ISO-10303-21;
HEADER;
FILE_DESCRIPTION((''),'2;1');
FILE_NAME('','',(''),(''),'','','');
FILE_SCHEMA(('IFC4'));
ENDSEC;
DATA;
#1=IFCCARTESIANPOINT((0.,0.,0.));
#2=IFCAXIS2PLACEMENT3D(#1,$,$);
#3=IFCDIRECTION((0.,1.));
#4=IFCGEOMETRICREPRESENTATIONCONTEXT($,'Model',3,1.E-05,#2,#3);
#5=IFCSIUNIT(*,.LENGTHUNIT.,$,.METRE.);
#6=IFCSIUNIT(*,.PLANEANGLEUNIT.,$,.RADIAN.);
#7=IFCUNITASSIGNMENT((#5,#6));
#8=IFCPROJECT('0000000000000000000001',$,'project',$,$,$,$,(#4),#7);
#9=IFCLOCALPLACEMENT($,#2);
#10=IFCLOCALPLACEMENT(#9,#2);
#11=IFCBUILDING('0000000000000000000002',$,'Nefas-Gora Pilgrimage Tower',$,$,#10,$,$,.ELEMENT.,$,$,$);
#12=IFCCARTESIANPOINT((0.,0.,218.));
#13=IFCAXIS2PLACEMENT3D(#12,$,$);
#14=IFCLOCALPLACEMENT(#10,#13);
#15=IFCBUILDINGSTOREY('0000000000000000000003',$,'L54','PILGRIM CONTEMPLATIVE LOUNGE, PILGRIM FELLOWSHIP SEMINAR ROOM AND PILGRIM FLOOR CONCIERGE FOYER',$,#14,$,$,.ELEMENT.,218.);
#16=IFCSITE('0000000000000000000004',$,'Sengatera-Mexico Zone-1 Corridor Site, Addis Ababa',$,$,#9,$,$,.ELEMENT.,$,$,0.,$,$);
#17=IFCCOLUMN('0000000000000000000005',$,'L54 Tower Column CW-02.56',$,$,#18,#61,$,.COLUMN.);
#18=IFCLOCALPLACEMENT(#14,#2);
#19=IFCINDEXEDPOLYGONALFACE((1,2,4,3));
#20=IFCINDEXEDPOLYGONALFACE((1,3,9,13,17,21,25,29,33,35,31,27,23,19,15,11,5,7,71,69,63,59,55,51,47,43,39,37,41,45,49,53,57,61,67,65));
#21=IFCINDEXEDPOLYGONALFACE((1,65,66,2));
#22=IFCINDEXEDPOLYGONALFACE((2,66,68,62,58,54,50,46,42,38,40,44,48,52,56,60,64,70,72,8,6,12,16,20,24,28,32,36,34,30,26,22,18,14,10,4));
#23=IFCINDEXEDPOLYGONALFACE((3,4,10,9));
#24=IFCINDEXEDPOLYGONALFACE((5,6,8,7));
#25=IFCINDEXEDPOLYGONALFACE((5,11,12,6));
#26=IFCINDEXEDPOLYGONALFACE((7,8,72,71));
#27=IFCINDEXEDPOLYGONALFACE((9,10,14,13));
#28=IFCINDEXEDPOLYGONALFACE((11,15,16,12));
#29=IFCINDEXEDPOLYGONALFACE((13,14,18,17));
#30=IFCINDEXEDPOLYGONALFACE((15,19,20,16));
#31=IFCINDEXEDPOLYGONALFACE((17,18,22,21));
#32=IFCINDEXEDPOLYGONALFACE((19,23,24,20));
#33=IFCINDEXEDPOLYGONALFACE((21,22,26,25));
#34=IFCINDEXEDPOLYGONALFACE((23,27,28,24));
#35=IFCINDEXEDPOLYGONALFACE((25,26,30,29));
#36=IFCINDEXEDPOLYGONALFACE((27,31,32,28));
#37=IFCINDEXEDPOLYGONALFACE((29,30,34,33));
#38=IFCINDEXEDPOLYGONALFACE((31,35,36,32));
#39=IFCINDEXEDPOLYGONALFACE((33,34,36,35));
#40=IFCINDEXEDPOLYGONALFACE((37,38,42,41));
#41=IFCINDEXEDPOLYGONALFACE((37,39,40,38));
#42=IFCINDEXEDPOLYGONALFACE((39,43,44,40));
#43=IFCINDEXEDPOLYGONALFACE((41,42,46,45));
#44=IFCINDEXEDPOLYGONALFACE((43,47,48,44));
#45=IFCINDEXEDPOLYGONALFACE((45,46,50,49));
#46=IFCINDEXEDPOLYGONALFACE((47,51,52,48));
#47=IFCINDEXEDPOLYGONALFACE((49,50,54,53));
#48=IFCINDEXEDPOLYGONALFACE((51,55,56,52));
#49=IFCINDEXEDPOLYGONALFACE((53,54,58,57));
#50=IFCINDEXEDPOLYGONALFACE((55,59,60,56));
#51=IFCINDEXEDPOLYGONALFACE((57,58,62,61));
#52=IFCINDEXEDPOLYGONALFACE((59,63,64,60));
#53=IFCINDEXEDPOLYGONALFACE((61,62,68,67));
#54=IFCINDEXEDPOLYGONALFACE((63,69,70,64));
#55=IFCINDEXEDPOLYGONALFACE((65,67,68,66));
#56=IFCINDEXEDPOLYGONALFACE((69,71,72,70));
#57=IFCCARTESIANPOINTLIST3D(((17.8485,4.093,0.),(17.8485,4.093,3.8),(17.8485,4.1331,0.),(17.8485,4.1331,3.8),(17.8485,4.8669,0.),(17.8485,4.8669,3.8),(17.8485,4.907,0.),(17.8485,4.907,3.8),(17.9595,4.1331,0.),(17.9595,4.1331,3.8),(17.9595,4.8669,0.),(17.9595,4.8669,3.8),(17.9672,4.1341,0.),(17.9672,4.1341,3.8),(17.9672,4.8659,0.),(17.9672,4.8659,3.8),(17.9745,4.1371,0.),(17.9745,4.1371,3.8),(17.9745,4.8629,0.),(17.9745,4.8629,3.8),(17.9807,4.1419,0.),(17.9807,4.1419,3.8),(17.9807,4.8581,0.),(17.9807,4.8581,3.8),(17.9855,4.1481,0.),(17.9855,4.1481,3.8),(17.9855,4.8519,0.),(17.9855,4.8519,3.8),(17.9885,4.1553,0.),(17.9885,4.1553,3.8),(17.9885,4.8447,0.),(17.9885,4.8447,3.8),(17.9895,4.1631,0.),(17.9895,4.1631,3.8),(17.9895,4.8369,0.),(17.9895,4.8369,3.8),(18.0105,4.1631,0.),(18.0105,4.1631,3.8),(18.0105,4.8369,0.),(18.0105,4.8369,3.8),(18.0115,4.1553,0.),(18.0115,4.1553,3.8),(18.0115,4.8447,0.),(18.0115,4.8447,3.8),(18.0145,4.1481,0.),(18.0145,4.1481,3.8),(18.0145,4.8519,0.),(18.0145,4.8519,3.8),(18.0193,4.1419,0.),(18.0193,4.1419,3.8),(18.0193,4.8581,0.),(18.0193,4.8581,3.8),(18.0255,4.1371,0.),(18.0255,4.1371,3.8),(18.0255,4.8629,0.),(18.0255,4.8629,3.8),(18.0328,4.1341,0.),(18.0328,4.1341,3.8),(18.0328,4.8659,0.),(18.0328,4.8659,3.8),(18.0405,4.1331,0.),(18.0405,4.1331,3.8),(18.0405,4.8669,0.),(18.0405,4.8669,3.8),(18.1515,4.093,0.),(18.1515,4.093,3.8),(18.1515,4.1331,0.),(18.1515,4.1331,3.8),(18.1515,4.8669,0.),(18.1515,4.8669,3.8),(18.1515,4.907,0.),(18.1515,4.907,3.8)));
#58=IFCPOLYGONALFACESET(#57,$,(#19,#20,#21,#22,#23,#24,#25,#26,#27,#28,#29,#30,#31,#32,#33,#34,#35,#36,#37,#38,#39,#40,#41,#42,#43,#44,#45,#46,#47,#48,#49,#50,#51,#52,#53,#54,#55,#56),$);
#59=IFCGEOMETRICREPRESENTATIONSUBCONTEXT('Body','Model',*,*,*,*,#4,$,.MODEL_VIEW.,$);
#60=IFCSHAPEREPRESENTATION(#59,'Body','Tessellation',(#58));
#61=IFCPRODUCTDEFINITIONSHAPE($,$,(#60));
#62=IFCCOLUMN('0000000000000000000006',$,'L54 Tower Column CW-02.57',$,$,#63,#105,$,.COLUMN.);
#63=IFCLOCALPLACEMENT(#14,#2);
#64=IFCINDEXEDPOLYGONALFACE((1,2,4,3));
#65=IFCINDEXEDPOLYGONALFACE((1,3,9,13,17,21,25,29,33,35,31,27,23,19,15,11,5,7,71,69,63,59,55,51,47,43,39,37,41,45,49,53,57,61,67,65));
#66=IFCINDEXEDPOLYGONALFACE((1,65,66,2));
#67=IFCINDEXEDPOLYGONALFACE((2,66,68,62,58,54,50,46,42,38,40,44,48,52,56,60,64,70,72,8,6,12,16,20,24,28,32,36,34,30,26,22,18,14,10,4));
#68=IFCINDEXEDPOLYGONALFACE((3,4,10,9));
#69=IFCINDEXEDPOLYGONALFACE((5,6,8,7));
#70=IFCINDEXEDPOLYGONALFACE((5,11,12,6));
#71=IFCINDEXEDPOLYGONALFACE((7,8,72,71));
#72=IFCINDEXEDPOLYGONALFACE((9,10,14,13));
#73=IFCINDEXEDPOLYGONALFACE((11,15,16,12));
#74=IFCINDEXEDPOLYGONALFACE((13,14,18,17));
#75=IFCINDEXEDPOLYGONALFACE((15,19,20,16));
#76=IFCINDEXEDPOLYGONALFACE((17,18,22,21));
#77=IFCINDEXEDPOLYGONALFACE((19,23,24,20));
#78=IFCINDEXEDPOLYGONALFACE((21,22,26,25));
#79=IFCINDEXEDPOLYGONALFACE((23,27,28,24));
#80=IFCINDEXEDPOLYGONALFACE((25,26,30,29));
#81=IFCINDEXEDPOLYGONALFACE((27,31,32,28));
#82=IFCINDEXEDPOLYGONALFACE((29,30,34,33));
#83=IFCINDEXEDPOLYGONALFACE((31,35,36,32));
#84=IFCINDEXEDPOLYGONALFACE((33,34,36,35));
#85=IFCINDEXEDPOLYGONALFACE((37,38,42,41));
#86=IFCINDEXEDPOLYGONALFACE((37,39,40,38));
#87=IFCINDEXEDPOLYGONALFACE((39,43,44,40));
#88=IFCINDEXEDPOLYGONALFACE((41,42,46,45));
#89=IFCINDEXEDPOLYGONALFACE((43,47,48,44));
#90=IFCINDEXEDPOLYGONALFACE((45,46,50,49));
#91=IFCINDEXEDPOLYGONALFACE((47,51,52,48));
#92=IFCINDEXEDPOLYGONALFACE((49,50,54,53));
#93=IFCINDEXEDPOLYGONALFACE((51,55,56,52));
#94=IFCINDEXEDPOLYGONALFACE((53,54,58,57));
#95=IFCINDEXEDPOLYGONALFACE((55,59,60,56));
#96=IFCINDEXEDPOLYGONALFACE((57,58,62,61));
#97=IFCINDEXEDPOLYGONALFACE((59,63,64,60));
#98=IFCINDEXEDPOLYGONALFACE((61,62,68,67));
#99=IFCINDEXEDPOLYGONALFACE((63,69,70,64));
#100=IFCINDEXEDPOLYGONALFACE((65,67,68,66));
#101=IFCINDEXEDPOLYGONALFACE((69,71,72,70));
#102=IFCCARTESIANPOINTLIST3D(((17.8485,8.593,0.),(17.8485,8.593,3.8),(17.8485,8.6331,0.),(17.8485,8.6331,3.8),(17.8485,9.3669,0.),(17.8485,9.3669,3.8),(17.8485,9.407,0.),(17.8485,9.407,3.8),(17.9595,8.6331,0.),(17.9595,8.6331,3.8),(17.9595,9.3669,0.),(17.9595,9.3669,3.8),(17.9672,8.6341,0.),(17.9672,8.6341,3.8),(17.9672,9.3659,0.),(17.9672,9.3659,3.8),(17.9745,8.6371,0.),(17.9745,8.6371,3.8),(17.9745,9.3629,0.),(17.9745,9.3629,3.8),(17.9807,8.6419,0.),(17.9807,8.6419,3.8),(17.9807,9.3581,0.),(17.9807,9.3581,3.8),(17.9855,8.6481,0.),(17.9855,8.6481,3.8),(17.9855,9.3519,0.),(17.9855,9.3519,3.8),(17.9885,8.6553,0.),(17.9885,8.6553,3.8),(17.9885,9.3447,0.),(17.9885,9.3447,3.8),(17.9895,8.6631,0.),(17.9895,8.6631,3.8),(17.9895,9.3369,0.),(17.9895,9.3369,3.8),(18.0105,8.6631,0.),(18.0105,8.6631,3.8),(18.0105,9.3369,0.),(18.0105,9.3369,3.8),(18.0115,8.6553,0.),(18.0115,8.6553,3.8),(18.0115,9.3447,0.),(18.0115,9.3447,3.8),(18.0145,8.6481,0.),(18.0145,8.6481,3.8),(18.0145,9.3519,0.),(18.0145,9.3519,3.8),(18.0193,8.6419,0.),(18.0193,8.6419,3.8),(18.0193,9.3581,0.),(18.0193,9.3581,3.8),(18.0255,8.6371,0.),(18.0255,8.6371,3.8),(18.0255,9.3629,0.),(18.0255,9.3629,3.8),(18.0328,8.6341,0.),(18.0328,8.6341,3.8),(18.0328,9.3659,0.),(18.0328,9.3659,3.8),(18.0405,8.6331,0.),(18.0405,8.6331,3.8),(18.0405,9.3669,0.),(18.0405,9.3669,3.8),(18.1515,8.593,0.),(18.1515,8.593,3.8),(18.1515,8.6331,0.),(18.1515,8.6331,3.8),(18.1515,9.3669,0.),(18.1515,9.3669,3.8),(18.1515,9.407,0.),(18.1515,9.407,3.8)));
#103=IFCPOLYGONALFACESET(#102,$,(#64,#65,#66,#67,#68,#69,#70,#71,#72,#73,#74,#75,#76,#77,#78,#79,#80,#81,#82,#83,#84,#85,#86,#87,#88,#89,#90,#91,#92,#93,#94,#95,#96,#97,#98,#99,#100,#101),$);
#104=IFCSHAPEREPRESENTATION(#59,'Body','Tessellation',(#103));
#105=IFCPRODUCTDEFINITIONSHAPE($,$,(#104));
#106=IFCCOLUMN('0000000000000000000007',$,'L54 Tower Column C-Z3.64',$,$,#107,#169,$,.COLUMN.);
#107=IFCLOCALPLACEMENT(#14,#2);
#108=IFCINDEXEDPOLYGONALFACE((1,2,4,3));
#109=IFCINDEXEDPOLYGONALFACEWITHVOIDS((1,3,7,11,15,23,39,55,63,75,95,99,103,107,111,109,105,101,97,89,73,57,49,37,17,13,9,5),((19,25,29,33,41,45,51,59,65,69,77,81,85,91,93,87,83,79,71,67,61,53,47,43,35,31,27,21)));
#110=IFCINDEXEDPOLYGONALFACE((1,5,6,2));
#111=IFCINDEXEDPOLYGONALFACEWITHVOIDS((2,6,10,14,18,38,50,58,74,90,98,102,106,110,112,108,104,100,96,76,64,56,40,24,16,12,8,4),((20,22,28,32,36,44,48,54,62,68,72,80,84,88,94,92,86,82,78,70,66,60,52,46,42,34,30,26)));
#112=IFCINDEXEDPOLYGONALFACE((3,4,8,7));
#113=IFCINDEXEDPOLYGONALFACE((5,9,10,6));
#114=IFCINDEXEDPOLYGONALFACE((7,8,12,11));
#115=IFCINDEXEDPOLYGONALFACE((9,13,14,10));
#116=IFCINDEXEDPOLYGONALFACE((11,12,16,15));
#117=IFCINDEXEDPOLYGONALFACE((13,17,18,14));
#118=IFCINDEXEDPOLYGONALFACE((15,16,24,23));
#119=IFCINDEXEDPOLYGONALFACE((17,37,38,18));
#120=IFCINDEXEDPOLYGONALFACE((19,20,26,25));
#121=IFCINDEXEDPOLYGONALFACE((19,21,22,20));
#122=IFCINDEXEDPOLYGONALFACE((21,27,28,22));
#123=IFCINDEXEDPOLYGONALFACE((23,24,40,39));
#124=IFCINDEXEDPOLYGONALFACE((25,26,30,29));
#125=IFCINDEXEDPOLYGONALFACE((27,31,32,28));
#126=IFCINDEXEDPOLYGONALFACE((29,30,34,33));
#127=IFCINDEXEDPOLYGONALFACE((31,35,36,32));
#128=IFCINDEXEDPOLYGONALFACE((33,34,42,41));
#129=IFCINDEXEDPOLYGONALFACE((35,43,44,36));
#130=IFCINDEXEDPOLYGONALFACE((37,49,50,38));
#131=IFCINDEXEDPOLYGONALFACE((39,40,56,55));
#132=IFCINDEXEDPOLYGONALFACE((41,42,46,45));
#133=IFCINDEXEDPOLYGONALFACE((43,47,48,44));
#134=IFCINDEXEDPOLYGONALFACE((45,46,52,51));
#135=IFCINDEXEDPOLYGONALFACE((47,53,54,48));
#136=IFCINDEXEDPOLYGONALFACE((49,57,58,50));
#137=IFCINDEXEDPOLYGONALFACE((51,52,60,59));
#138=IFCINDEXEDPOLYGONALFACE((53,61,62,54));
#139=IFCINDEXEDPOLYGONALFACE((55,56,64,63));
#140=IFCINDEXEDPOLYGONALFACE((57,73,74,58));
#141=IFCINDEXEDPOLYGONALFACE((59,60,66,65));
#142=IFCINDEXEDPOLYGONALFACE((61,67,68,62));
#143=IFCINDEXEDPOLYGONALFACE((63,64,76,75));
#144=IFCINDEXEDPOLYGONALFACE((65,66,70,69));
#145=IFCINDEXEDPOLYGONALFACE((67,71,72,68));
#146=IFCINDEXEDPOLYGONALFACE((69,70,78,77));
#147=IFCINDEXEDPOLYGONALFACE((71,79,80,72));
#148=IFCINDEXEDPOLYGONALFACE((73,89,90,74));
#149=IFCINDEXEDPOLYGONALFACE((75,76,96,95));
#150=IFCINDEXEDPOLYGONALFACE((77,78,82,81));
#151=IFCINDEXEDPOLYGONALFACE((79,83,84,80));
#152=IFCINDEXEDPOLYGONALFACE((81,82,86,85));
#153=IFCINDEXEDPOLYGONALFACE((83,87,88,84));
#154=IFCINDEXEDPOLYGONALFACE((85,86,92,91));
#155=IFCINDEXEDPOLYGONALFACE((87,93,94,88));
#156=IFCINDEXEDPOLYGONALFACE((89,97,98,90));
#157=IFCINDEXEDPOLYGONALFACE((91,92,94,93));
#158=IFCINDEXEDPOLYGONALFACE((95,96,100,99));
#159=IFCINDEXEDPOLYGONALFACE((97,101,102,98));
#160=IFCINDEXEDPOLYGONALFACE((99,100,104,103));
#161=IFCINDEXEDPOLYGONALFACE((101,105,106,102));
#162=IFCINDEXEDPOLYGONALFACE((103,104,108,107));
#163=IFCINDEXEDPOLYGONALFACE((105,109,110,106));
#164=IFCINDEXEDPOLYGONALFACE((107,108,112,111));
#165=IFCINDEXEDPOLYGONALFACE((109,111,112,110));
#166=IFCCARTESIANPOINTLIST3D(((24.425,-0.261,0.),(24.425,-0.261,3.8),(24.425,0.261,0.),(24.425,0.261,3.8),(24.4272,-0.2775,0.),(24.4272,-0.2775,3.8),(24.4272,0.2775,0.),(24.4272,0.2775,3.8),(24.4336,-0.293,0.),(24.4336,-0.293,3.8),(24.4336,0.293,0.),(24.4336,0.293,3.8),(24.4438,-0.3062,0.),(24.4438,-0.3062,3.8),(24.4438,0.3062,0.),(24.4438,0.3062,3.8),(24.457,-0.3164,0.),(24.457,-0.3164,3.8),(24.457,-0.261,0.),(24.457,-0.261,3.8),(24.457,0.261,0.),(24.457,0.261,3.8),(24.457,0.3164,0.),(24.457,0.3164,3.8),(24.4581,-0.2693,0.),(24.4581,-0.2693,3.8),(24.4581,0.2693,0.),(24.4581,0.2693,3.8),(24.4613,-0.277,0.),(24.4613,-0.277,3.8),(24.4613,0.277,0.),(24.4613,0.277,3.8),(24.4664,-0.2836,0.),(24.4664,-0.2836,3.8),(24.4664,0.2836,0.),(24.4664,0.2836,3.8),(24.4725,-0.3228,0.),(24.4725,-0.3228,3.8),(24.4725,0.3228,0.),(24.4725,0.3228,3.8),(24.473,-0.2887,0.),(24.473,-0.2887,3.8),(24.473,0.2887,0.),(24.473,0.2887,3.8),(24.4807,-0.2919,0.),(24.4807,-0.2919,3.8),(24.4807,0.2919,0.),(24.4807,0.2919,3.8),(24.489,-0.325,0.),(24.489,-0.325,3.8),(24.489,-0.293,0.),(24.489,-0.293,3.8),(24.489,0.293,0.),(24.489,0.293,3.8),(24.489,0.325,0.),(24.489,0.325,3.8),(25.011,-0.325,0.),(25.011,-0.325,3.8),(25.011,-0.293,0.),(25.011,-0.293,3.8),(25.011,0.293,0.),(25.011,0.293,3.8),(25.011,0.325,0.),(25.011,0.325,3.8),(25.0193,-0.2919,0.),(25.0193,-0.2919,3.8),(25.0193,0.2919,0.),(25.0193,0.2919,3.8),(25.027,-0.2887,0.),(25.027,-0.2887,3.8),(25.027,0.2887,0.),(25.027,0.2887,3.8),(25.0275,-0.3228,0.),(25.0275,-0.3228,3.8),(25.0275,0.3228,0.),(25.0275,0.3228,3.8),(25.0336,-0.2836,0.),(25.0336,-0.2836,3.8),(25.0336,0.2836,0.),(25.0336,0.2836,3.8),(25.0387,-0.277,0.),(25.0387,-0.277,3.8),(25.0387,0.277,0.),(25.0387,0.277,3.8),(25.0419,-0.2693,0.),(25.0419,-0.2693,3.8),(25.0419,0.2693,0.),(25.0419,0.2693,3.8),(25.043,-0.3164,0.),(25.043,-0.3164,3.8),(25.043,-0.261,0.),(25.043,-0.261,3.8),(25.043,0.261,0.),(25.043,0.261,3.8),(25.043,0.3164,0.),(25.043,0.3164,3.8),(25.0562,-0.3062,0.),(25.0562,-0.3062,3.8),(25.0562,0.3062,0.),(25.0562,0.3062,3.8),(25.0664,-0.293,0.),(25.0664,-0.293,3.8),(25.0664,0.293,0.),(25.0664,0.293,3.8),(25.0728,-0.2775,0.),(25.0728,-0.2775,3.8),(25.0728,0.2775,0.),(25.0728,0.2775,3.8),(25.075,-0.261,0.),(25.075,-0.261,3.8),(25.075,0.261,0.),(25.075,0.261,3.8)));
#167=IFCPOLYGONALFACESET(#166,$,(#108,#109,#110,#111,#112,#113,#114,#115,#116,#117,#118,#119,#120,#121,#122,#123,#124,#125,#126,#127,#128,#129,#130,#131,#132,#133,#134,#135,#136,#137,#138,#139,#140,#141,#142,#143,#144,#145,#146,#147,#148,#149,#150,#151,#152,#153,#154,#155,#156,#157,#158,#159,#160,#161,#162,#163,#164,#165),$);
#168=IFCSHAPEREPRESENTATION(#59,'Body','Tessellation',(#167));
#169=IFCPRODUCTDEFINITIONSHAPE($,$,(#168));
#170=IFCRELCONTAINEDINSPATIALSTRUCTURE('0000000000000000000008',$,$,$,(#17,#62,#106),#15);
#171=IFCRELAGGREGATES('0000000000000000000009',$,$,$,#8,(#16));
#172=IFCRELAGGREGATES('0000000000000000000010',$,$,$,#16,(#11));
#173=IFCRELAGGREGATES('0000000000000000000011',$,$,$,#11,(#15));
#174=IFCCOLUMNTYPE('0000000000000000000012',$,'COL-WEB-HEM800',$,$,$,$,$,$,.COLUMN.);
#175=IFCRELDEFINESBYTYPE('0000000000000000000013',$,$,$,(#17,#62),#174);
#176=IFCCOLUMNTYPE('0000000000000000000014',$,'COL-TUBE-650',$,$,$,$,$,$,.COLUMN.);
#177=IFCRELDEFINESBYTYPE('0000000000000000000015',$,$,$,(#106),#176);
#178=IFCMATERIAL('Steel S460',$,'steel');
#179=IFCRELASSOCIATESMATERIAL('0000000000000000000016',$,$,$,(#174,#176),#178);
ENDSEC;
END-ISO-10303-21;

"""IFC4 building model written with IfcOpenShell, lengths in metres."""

from ifc_helpers import new_model, si_unit, direction, frame, origin, origin_2d, place, context, subcontext, project, spatial, hollow_rectangle, i_section, extrude, source, transform, mapped, material, material_profile, profile_set, type_object, element, save


model = new_model("IFC4")

# Units and contexts
model_context = context("Model", 3, precision=1e-05, world=origin(), true_north=direction((0.0, 1.0)))
body_context = subcontext(model_context, "Body", "Model", "MODEL_VIEW")
ifc_project = project(units=[si_unit("LENGTHUNIT", "METRE"), si_unit("PLANEANGLEUNIT", "RADIAN")], contexts=[model_context])

# Site, building, storey
site_placement = place(None, origin())
site = spatial("IfcSite", under=ifc_project, at=site_placement, Name="Sengatera-Mexico Zone-1 Corridor Site, Addis Ababa", CompositionType="ELEMENT", RefElevation=0.0)
building_placement = place(site_placement, origin())
building = spatial("IfcBuilding", under=site, at=building_placement, Name="Nefas-Gora Pilgrimage Tower", CompositionType="ELEMENT")
storey_placement = place(building_placement, frame((0.0, 0.0, 218.0)))
storey = spatial("IfcBuildingStorey", under=building, at=storey_placement, Name="L54", Description="PILGRIM CONTEMPLATIVE LOUNGE, PILGRIM FELLOWSHIP SEMINAR ROOM AND PILGRIM FLOOR CONCIERGE FOYER", CompositionType="ELEMENT", Elevation=218.0)

# Columns
ifc_material_1 = material(Name="Steel S460", Category="steel")
ifc_material_profile_1 = material_profile(ifc_material_1, i_section(OverallWidth=0.303, OverallDepth=0.814, WebThickness=0.021, FlangeThickness=0.04, FilletRadius=0.03, at=origin_2d()), Name="HEM 800")
ifc_profile_set_1 = profile_set([ifc_material_profile_1], Name="Steel S460")
column_type_1 = type_object("IfcColumnType", Name="COL-WEB-HEM800", PredefinedType="COLUMN", material=ifc_profile_set_1)
shared_shape_1 = source(origin(), body_context, "Body", "SweptSolid", [
    extrude(i_section(OverallWidth=0.303, OverallDepth=0.814, WebThickness=0.021, FlangeThickness=0.04, FilletRadius=0.03, at=origin_2d()), origin(), (0.0, 0.0, 1.0), 3.8),
])
for number, where, z_axis, x_axis, name in (
    (1, (18.0, 4.5, 0.0), (0.0, 0.0, 1.0), (1.0, 0.0, 0.0), "L54 Tower Column CW-02.56"),
    (2, (18.0, 9.0, 0.0), (0.0, 0.0, 1.0), (1.0, 0.0, 0.0), "L54 Tower Column CW-02.57"),
):
    element("IfcColumn", number, at=place(storey_placement, frame(where, z_axis=z_axis, x_axis=x_axis)), inside=storey, type_object=column_type_1, Name=name, PredefinedType="COLUMN", context=body_context, shape_type="MappedRepresentation", body=[
        mapped(shared_shape_1, transform((0.0, 0.0, 0.0), x_axis=(1.0, 0.0, 0.0), y_axis=(0.0, 1.0, 0.0), z_axis=(0.0, 0.0, 1.0), scale=1.0)),
    ])
ifc_material_profile_2 = material_profile(ifc_material_1, hollow_rectangle(XDim=0.6499, YDim=0.6499, WallThickness=0.032, InnerFilletRadius=0.032, OuterFilletRadius=0.064, at=origin_2d()), Name="BOX 650x650x32")
ifc_profile_set_2 = profile_set([ifc_material_profile_2], Name="Steel S460")
column_type_2 = type_object("IfcColumnType", Name="COL-TUBE-650", PredefinedType="COLUMN", material=ifc_profile_set_2)
shared_shape_2 = source(origin(), body_context, "Body", "SweptSolid", [
    extrude(hollow_rectangle(XDim=0.6499, YDim=0.6499, WallThickness=0.032, InnerFilletRadius=0.032, OuterFilletRadius=0.064, at=origin_2d()), origin(), (0.0, 0.0, 1.0), 3.8),
])
for number, where, z_axis, x_axis, name in (
    (3, (24.75, 0.0, 0.0), (0.0, 0.0, 1.0), (1.0, 0.0, 0.0), "L54 Tower Column C-Z3.64"),
):
    element("IfcColumn", number, at=place(storey_placement, frame(where, z_axis=z_axis, x_axis=x_axis)), inside=storey, type_object=column_type_2, Name=name, PredefinedType="COLUMN", context=body_context, shape_type="MappedRepresentation", body=[
        mapped(shared_shape_2, transform((0.0, 0.0, 0.0), x_axis=(1.0, 0.0, 0.0), y_axis=(0.0, 1.0, 0.0), z_axis=(0.0, 0.0, 1.0), scale=1.0)),
    ])

save(model, "model.ifc")
